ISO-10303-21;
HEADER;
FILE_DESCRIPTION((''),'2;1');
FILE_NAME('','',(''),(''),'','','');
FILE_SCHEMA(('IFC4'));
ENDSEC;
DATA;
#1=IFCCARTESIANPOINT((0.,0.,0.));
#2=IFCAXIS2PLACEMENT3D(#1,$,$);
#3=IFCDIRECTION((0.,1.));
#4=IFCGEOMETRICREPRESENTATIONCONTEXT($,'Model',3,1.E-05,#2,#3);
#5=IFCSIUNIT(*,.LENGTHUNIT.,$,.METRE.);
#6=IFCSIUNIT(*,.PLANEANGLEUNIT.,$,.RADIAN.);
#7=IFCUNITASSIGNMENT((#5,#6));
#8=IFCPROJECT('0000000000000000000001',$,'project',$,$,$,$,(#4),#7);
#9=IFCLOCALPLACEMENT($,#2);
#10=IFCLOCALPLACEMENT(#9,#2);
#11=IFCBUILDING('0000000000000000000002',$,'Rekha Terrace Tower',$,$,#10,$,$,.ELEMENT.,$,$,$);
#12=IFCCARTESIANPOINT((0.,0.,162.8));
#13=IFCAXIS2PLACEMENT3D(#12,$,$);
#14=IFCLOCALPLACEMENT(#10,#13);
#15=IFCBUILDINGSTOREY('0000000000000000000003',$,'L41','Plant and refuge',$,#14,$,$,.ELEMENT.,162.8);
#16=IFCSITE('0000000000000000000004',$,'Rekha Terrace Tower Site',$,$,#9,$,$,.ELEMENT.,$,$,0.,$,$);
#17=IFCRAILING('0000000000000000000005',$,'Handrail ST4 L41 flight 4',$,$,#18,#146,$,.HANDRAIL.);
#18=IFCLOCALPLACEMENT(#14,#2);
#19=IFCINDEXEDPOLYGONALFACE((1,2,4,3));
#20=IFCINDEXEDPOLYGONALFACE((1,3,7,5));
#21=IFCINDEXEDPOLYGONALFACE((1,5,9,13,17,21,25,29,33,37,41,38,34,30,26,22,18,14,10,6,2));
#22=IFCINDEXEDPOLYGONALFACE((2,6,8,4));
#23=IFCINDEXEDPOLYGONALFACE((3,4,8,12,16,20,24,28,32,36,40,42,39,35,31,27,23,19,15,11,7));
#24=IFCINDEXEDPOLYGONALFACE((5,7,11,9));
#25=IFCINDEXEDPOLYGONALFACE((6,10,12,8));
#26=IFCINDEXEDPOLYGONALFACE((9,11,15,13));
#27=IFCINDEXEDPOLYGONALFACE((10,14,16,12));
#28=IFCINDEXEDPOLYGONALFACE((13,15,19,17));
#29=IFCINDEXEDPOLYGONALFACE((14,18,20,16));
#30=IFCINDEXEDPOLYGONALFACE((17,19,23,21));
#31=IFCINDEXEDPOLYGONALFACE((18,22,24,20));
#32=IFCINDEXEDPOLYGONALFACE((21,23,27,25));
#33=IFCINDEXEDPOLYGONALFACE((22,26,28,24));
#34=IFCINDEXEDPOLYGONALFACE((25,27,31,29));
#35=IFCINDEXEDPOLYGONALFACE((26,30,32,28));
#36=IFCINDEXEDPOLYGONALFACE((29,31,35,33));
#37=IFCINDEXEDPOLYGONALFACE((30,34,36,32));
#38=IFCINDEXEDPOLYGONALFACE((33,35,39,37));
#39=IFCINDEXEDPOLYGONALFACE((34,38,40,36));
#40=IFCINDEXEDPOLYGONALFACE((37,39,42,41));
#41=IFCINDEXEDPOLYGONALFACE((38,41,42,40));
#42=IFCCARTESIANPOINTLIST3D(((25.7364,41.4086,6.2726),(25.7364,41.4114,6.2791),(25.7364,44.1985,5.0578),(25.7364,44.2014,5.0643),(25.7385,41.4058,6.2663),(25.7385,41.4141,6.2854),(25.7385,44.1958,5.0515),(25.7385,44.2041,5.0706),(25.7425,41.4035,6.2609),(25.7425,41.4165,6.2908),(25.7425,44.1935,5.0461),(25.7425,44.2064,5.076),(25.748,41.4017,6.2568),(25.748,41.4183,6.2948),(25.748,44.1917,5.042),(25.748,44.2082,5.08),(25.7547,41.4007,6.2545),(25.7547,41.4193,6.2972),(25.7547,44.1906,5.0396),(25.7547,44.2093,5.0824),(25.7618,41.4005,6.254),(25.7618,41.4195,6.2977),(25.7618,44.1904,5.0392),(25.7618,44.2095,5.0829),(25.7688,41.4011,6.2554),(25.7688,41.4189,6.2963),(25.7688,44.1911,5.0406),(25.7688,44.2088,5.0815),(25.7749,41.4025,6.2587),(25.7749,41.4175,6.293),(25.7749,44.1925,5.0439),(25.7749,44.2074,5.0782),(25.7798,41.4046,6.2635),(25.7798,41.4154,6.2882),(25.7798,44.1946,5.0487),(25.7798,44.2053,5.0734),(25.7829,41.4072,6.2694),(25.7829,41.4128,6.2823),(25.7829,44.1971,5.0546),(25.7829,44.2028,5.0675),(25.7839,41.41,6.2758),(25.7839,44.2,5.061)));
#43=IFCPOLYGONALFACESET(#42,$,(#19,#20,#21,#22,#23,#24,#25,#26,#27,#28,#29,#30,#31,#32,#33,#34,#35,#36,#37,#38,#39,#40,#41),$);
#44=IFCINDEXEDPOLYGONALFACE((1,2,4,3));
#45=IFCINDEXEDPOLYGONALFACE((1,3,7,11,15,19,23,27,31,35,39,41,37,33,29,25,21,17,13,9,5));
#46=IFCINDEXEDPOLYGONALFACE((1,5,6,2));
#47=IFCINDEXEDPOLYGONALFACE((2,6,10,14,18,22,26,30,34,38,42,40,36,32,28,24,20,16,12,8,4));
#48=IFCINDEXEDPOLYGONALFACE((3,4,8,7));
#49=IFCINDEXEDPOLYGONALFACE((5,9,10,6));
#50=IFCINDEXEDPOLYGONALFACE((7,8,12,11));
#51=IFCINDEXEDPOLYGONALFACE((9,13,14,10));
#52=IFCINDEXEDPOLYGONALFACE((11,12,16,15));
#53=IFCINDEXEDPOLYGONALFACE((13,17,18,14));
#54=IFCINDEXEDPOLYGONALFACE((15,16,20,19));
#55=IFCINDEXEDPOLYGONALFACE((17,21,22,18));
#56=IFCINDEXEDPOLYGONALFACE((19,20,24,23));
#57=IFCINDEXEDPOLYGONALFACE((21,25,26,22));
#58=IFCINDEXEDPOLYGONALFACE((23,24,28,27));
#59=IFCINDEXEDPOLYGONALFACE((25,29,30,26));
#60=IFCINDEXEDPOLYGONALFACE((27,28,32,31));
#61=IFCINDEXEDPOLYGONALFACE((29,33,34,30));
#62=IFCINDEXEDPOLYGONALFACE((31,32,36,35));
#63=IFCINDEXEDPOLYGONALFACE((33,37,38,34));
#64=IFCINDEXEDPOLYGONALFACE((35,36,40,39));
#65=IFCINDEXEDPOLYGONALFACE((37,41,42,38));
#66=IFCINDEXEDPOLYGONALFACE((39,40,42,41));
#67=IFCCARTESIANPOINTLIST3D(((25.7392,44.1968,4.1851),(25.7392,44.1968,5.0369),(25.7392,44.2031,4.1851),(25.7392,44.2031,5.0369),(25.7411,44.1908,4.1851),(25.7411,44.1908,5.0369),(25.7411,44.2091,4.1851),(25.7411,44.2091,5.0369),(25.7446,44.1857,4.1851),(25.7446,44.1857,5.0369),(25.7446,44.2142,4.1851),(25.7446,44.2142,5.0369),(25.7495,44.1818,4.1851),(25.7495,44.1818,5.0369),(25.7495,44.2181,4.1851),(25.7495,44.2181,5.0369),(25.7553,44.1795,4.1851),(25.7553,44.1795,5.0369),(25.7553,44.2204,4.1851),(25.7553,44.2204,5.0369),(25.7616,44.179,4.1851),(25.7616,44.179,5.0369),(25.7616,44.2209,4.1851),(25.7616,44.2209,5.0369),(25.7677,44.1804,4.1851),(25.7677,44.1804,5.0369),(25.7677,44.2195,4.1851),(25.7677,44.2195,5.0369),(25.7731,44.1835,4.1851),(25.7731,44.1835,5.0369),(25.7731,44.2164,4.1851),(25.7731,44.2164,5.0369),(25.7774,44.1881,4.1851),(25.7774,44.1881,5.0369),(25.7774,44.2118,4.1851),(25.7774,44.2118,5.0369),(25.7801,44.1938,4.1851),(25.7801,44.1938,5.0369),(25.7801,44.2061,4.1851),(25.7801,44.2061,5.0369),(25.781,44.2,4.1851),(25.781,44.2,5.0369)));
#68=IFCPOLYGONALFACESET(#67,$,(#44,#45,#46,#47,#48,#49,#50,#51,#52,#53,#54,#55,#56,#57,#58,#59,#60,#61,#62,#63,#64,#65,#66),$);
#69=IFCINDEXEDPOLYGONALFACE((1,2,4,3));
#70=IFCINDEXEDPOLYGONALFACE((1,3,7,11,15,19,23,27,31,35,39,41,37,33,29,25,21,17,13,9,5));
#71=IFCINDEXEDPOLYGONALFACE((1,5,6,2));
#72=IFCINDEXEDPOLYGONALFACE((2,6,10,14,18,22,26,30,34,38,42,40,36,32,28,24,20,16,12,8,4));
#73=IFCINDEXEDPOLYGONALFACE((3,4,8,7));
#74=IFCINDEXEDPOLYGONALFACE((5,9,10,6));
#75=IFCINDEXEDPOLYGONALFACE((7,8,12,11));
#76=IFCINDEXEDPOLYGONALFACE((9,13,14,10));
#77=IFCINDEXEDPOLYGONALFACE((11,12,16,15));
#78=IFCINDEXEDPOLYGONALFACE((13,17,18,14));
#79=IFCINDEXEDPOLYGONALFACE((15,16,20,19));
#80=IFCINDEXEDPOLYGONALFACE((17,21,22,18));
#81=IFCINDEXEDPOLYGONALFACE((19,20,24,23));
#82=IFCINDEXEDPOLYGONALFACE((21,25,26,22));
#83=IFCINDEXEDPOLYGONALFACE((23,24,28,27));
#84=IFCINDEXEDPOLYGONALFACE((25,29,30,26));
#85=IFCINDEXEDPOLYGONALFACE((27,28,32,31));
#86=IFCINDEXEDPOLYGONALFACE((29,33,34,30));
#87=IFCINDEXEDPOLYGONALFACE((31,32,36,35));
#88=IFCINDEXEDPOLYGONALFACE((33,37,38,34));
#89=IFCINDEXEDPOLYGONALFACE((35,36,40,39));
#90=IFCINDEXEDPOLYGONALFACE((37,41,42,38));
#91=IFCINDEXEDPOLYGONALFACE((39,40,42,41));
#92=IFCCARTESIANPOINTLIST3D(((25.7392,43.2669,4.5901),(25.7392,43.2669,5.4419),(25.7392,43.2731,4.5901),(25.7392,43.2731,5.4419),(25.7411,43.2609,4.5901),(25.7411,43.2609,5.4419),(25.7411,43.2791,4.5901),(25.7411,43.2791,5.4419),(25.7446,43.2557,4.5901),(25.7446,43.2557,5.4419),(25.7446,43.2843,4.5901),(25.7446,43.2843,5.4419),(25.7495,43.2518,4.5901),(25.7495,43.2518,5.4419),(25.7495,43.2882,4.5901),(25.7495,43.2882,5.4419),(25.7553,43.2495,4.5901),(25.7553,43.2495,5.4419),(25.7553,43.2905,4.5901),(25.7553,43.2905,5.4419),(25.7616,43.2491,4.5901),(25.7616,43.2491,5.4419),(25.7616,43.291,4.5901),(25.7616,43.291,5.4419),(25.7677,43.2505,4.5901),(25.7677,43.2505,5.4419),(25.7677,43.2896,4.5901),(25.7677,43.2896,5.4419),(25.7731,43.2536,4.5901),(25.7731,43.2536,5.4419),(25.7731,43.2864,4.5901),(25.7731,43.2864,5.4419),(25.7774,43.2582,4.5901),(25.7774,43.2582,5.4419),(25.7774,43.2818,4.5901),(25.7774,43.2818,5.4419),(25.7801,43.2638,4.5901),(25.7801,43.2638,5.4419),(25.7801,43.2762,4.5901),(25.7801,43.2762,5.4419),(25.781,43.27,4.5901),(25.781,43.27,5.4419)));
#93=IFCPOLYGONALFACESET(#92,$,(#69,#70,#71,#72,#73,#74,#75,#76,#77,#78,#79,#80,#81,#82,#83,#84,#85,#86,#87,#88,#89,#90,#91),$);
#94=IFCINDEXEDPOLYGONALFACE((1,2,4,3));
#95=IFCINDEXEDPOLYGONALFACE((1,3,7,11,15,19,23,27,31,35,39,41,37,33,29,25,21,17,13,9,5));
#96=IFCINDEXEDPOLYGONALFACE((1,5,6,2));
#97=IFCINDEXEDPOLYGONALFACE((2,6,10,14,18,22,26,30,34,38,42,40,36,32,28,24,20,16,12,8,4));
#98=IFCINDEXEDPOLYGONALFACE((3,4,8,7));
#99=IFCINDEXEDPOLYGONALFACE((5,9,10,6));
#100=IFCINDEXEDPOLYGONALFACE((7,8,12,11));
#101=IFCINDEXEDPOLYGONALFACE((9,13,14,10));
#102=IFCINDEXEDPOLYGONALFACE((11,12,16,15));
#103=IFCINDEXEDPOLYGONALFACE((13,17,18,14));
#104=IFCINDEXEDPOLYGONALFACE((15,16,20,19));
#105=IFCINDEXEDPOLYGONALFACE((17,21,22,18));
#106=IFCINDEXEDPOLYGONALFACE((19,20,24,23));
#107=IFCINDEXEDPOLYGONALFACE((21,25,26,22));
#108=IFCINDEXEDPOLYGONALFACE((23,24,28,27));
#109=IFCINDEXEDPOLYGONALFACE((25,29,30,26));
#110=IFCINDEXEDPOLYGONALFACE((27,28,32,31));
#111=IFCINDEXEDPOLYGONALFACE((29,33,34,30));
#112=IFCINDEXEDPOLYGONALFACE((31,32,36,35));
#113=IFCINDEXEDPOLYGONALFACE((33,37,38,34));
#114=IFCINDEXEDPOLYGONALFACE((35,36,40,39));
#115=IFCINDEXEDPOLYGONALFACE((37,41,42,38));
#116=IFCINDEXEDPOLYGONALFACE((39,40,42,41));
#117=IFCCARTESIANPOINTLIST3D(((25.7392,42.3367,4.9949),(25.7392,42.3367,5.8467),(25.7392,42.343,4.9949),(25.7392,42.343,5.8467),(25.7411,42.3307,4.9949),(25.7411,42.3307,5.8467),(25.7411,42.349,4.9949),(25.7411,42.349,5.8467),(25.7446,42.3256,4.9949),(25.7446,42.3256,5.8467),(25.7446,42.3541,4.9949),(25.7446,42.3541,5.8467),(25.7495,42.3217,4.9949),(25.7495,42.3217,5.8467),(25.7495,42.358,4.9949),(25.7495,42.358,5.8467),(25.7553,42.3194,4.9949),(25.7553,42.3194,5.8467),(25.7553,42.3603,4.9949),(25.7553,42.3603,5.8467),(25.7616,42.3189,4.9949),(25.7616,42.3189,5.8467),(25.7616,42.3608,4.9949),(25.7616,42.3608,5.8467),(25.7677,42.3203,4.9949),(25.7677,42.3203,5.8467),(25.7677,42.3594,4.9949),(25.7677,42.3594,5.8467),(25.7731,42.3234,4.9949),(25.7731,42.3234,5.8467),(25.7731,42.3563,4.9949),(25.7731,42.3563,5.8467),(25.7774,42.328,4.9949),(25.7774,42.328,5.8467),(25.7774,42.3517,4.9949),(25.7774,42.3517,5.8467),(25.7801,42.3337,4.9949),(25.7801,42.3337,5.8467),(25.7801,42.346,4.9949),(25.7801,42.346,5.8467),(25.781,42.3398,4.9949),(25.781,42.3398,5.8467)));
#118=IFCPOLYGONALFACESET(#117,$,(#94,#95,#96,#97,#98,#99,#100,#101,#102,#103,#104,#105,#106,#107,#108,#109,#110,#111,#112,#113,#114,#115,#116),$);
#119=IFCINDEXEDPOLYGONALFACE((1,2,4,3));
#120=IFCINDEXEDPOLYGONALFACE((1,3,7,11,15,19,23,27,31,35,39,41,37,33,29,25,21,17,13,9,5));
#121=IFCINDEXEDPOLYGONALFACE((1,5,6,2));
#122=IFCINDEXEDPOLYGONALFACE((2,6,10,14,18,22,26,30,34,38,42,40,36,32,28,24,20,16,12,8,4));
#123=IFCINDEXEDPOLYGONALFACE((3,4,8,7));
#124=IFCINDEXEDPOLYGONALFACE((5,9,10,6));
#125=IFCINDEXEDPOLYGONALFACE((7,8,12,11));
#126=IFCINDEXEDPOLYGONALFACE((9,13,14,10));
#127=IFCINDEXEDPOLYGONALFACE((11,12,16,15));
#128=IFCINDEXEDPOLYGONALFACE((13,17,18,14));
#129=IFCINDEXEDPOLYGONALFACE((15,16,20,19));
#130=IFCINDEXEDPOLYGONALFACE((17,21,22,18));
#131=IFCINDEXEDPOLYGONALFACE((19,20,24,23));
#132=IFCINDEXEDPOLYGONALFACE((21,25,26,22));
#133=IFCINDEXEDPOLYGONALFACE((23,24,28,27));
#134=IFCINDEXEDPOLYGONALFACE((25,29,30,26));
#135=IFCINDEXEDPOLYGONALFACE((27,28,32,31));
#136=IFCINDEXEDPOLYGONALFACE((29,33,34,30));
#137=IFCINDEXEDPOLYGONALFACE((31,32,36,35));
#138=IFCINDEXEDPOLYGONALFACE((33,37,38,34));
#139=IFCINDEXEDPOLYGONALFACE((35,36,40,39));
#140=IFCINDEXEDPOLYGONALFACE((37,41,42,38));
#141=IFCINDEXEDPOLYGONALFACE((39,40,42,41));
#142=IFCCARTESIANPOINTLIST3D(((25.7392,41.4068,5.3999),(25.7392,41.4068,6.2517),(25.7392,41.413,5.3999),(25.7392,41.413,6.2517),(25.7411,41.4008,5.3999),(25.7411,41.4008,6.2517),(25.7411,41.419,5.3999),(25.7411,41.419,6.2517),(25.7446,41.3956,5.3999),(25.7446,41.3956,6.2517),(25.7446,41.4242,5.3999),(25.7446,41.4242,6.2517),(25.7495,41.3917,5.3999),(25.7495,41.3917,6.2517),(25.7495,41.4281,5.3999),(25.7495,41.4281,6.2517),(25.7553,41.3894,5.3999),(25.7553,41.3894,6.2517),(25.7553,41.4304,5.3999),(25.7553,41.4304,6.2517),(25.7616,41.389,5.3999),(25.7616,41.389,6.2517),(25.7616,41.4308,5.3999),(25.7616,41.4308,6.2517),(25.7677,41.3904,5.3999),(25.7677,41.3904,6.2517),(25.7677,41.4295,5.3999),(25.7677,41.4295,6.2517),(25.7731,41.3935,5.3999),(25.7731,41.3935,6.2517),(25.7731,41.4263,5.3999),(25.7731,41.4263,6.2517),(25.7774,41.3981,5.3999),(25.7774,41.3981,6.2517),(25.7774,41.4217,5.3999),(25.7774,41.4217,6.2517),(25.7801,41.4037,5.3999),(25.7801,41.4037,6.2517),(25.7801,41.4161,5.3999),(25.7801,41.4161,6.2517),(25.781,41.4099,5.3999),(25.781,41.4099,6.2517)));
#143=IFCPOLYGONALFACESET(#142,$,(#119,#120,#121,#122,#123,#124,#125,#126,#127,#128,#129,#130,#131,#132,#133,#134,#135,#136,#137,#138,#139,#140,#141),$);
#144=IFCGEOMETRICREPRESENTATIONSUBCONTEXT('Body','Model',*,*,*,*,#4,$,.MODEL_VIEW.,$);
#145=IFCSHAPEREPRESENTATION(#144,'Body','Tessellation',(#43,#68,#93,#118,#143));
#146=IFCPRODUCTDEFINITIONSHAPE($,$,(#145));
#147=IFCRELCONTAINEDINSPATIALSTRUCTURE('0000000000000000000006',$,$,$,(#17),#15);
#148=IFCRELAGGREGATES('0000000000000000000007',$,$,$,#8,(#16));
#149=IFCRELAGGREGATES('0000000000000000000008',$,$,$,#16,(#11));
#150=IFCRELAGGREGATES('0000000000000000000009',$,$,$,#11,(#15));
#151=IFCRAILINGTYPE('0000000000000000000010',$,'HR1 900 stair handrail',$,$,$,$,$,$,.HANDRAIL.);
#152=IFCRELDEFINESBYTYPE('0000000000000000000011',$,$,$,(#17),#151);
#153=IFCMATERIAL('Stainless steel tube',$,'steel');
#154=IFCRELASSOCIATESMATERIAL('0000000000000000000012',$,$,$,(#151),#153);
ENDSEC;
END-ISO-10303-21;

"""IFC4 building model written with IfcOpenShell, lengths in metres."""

from ifc_helpers import new_model, si_unit, direction, frame, origin, origin_2d, place, context, subcontext, project, spatial, circle, extrude, material, type_object, element, save


model = new_model("IFC4")

# Units and contexts
model_context = context("Model", 3, precision=1e-05, world=origin(), true_north=direction((0.0, 1.0)))
body_context = subcontext(model_context, "Body", "Model", "MODEL_VIEW")
ifc_project = project(units=[si_unit("LENGTHUNIT", "METRE"), si_unit("PLANEANGLEUNIT", "RADIAN")], contexts=[model_context])

# Site, building, storey
site_placement = place(None, origin())
site = spatial("IfcSite", under=ifc_project, at=site_placement, Name="Rekha Terrace Tower Site", CompositionType="ELEMENT", RefElevation=0.0)
building_placement = place(site_placement, origin())
building = spatial("IfcBuilding", under=site, at=building_placement, Name="Rekha Terrace Tower", CompositionType="ELEMENT")
storey_placement = place(building_placement, frame((0.0, 0.0, 162.8)))
storey = spatial("IfcBuildingStorey", under=building, at=storey_placement, Name="L41", Description="Plant and refuge", CompositionType="ELEMENT", Elevation=162.8)

# Railing
ifc_material_1 = material(Name="Stainless steel tube", Category="steel")
railing_type_1 = type_object("IfcRailingType", Name="HR1 900 stair handrail", PredefinedType="HANDRAIL", material=ifc_material_1)
railing_1_placement = place(storey_placement, frame((25.76, 44.2, 4.1851)))
element("IfcRailing", 1, at=railing_1_placement, inside=storey, type_object=railing_type_1, Name="Handrail ST4 L41 flight 4", PredefinedType="HANDRAIL", context=body_context, shape_type="SweptSolid", body=[
    extrude(circle(Radius=0.0239, at=origin_2d()), frame((0.0, 0.0, 0.876), z_axis=(0.0, -0.916856, 0.399219), x_axis=(1.0, 0.0, 0.0)), (0.0, 0.0, 1.0), 3.043),
    extrude(circle(Radius=0.021, at=origin_2d()), origin(), (0.0, 0.0, 1.0), 0.8518),
    extrude(circle(Radius=0.021, at=origin_2d()), frame((0.0, -0.9299, 0.405)), (0.0, 0.0, 1.0), 0.8518),
    extrude(circle(Radius=0.021, at=origin_2d()), frame((0.0, -1.8601, 0.8098)), (0.0, 0.0, 1.0), 0.8518),
    extrude(circle(Radius=0.021, at=origin_2d()), frame((0.0, -2.79, 1.2148)), (0.0, 0.0, 1.0), 0.8518),
])

save(model, "model.ifc")
